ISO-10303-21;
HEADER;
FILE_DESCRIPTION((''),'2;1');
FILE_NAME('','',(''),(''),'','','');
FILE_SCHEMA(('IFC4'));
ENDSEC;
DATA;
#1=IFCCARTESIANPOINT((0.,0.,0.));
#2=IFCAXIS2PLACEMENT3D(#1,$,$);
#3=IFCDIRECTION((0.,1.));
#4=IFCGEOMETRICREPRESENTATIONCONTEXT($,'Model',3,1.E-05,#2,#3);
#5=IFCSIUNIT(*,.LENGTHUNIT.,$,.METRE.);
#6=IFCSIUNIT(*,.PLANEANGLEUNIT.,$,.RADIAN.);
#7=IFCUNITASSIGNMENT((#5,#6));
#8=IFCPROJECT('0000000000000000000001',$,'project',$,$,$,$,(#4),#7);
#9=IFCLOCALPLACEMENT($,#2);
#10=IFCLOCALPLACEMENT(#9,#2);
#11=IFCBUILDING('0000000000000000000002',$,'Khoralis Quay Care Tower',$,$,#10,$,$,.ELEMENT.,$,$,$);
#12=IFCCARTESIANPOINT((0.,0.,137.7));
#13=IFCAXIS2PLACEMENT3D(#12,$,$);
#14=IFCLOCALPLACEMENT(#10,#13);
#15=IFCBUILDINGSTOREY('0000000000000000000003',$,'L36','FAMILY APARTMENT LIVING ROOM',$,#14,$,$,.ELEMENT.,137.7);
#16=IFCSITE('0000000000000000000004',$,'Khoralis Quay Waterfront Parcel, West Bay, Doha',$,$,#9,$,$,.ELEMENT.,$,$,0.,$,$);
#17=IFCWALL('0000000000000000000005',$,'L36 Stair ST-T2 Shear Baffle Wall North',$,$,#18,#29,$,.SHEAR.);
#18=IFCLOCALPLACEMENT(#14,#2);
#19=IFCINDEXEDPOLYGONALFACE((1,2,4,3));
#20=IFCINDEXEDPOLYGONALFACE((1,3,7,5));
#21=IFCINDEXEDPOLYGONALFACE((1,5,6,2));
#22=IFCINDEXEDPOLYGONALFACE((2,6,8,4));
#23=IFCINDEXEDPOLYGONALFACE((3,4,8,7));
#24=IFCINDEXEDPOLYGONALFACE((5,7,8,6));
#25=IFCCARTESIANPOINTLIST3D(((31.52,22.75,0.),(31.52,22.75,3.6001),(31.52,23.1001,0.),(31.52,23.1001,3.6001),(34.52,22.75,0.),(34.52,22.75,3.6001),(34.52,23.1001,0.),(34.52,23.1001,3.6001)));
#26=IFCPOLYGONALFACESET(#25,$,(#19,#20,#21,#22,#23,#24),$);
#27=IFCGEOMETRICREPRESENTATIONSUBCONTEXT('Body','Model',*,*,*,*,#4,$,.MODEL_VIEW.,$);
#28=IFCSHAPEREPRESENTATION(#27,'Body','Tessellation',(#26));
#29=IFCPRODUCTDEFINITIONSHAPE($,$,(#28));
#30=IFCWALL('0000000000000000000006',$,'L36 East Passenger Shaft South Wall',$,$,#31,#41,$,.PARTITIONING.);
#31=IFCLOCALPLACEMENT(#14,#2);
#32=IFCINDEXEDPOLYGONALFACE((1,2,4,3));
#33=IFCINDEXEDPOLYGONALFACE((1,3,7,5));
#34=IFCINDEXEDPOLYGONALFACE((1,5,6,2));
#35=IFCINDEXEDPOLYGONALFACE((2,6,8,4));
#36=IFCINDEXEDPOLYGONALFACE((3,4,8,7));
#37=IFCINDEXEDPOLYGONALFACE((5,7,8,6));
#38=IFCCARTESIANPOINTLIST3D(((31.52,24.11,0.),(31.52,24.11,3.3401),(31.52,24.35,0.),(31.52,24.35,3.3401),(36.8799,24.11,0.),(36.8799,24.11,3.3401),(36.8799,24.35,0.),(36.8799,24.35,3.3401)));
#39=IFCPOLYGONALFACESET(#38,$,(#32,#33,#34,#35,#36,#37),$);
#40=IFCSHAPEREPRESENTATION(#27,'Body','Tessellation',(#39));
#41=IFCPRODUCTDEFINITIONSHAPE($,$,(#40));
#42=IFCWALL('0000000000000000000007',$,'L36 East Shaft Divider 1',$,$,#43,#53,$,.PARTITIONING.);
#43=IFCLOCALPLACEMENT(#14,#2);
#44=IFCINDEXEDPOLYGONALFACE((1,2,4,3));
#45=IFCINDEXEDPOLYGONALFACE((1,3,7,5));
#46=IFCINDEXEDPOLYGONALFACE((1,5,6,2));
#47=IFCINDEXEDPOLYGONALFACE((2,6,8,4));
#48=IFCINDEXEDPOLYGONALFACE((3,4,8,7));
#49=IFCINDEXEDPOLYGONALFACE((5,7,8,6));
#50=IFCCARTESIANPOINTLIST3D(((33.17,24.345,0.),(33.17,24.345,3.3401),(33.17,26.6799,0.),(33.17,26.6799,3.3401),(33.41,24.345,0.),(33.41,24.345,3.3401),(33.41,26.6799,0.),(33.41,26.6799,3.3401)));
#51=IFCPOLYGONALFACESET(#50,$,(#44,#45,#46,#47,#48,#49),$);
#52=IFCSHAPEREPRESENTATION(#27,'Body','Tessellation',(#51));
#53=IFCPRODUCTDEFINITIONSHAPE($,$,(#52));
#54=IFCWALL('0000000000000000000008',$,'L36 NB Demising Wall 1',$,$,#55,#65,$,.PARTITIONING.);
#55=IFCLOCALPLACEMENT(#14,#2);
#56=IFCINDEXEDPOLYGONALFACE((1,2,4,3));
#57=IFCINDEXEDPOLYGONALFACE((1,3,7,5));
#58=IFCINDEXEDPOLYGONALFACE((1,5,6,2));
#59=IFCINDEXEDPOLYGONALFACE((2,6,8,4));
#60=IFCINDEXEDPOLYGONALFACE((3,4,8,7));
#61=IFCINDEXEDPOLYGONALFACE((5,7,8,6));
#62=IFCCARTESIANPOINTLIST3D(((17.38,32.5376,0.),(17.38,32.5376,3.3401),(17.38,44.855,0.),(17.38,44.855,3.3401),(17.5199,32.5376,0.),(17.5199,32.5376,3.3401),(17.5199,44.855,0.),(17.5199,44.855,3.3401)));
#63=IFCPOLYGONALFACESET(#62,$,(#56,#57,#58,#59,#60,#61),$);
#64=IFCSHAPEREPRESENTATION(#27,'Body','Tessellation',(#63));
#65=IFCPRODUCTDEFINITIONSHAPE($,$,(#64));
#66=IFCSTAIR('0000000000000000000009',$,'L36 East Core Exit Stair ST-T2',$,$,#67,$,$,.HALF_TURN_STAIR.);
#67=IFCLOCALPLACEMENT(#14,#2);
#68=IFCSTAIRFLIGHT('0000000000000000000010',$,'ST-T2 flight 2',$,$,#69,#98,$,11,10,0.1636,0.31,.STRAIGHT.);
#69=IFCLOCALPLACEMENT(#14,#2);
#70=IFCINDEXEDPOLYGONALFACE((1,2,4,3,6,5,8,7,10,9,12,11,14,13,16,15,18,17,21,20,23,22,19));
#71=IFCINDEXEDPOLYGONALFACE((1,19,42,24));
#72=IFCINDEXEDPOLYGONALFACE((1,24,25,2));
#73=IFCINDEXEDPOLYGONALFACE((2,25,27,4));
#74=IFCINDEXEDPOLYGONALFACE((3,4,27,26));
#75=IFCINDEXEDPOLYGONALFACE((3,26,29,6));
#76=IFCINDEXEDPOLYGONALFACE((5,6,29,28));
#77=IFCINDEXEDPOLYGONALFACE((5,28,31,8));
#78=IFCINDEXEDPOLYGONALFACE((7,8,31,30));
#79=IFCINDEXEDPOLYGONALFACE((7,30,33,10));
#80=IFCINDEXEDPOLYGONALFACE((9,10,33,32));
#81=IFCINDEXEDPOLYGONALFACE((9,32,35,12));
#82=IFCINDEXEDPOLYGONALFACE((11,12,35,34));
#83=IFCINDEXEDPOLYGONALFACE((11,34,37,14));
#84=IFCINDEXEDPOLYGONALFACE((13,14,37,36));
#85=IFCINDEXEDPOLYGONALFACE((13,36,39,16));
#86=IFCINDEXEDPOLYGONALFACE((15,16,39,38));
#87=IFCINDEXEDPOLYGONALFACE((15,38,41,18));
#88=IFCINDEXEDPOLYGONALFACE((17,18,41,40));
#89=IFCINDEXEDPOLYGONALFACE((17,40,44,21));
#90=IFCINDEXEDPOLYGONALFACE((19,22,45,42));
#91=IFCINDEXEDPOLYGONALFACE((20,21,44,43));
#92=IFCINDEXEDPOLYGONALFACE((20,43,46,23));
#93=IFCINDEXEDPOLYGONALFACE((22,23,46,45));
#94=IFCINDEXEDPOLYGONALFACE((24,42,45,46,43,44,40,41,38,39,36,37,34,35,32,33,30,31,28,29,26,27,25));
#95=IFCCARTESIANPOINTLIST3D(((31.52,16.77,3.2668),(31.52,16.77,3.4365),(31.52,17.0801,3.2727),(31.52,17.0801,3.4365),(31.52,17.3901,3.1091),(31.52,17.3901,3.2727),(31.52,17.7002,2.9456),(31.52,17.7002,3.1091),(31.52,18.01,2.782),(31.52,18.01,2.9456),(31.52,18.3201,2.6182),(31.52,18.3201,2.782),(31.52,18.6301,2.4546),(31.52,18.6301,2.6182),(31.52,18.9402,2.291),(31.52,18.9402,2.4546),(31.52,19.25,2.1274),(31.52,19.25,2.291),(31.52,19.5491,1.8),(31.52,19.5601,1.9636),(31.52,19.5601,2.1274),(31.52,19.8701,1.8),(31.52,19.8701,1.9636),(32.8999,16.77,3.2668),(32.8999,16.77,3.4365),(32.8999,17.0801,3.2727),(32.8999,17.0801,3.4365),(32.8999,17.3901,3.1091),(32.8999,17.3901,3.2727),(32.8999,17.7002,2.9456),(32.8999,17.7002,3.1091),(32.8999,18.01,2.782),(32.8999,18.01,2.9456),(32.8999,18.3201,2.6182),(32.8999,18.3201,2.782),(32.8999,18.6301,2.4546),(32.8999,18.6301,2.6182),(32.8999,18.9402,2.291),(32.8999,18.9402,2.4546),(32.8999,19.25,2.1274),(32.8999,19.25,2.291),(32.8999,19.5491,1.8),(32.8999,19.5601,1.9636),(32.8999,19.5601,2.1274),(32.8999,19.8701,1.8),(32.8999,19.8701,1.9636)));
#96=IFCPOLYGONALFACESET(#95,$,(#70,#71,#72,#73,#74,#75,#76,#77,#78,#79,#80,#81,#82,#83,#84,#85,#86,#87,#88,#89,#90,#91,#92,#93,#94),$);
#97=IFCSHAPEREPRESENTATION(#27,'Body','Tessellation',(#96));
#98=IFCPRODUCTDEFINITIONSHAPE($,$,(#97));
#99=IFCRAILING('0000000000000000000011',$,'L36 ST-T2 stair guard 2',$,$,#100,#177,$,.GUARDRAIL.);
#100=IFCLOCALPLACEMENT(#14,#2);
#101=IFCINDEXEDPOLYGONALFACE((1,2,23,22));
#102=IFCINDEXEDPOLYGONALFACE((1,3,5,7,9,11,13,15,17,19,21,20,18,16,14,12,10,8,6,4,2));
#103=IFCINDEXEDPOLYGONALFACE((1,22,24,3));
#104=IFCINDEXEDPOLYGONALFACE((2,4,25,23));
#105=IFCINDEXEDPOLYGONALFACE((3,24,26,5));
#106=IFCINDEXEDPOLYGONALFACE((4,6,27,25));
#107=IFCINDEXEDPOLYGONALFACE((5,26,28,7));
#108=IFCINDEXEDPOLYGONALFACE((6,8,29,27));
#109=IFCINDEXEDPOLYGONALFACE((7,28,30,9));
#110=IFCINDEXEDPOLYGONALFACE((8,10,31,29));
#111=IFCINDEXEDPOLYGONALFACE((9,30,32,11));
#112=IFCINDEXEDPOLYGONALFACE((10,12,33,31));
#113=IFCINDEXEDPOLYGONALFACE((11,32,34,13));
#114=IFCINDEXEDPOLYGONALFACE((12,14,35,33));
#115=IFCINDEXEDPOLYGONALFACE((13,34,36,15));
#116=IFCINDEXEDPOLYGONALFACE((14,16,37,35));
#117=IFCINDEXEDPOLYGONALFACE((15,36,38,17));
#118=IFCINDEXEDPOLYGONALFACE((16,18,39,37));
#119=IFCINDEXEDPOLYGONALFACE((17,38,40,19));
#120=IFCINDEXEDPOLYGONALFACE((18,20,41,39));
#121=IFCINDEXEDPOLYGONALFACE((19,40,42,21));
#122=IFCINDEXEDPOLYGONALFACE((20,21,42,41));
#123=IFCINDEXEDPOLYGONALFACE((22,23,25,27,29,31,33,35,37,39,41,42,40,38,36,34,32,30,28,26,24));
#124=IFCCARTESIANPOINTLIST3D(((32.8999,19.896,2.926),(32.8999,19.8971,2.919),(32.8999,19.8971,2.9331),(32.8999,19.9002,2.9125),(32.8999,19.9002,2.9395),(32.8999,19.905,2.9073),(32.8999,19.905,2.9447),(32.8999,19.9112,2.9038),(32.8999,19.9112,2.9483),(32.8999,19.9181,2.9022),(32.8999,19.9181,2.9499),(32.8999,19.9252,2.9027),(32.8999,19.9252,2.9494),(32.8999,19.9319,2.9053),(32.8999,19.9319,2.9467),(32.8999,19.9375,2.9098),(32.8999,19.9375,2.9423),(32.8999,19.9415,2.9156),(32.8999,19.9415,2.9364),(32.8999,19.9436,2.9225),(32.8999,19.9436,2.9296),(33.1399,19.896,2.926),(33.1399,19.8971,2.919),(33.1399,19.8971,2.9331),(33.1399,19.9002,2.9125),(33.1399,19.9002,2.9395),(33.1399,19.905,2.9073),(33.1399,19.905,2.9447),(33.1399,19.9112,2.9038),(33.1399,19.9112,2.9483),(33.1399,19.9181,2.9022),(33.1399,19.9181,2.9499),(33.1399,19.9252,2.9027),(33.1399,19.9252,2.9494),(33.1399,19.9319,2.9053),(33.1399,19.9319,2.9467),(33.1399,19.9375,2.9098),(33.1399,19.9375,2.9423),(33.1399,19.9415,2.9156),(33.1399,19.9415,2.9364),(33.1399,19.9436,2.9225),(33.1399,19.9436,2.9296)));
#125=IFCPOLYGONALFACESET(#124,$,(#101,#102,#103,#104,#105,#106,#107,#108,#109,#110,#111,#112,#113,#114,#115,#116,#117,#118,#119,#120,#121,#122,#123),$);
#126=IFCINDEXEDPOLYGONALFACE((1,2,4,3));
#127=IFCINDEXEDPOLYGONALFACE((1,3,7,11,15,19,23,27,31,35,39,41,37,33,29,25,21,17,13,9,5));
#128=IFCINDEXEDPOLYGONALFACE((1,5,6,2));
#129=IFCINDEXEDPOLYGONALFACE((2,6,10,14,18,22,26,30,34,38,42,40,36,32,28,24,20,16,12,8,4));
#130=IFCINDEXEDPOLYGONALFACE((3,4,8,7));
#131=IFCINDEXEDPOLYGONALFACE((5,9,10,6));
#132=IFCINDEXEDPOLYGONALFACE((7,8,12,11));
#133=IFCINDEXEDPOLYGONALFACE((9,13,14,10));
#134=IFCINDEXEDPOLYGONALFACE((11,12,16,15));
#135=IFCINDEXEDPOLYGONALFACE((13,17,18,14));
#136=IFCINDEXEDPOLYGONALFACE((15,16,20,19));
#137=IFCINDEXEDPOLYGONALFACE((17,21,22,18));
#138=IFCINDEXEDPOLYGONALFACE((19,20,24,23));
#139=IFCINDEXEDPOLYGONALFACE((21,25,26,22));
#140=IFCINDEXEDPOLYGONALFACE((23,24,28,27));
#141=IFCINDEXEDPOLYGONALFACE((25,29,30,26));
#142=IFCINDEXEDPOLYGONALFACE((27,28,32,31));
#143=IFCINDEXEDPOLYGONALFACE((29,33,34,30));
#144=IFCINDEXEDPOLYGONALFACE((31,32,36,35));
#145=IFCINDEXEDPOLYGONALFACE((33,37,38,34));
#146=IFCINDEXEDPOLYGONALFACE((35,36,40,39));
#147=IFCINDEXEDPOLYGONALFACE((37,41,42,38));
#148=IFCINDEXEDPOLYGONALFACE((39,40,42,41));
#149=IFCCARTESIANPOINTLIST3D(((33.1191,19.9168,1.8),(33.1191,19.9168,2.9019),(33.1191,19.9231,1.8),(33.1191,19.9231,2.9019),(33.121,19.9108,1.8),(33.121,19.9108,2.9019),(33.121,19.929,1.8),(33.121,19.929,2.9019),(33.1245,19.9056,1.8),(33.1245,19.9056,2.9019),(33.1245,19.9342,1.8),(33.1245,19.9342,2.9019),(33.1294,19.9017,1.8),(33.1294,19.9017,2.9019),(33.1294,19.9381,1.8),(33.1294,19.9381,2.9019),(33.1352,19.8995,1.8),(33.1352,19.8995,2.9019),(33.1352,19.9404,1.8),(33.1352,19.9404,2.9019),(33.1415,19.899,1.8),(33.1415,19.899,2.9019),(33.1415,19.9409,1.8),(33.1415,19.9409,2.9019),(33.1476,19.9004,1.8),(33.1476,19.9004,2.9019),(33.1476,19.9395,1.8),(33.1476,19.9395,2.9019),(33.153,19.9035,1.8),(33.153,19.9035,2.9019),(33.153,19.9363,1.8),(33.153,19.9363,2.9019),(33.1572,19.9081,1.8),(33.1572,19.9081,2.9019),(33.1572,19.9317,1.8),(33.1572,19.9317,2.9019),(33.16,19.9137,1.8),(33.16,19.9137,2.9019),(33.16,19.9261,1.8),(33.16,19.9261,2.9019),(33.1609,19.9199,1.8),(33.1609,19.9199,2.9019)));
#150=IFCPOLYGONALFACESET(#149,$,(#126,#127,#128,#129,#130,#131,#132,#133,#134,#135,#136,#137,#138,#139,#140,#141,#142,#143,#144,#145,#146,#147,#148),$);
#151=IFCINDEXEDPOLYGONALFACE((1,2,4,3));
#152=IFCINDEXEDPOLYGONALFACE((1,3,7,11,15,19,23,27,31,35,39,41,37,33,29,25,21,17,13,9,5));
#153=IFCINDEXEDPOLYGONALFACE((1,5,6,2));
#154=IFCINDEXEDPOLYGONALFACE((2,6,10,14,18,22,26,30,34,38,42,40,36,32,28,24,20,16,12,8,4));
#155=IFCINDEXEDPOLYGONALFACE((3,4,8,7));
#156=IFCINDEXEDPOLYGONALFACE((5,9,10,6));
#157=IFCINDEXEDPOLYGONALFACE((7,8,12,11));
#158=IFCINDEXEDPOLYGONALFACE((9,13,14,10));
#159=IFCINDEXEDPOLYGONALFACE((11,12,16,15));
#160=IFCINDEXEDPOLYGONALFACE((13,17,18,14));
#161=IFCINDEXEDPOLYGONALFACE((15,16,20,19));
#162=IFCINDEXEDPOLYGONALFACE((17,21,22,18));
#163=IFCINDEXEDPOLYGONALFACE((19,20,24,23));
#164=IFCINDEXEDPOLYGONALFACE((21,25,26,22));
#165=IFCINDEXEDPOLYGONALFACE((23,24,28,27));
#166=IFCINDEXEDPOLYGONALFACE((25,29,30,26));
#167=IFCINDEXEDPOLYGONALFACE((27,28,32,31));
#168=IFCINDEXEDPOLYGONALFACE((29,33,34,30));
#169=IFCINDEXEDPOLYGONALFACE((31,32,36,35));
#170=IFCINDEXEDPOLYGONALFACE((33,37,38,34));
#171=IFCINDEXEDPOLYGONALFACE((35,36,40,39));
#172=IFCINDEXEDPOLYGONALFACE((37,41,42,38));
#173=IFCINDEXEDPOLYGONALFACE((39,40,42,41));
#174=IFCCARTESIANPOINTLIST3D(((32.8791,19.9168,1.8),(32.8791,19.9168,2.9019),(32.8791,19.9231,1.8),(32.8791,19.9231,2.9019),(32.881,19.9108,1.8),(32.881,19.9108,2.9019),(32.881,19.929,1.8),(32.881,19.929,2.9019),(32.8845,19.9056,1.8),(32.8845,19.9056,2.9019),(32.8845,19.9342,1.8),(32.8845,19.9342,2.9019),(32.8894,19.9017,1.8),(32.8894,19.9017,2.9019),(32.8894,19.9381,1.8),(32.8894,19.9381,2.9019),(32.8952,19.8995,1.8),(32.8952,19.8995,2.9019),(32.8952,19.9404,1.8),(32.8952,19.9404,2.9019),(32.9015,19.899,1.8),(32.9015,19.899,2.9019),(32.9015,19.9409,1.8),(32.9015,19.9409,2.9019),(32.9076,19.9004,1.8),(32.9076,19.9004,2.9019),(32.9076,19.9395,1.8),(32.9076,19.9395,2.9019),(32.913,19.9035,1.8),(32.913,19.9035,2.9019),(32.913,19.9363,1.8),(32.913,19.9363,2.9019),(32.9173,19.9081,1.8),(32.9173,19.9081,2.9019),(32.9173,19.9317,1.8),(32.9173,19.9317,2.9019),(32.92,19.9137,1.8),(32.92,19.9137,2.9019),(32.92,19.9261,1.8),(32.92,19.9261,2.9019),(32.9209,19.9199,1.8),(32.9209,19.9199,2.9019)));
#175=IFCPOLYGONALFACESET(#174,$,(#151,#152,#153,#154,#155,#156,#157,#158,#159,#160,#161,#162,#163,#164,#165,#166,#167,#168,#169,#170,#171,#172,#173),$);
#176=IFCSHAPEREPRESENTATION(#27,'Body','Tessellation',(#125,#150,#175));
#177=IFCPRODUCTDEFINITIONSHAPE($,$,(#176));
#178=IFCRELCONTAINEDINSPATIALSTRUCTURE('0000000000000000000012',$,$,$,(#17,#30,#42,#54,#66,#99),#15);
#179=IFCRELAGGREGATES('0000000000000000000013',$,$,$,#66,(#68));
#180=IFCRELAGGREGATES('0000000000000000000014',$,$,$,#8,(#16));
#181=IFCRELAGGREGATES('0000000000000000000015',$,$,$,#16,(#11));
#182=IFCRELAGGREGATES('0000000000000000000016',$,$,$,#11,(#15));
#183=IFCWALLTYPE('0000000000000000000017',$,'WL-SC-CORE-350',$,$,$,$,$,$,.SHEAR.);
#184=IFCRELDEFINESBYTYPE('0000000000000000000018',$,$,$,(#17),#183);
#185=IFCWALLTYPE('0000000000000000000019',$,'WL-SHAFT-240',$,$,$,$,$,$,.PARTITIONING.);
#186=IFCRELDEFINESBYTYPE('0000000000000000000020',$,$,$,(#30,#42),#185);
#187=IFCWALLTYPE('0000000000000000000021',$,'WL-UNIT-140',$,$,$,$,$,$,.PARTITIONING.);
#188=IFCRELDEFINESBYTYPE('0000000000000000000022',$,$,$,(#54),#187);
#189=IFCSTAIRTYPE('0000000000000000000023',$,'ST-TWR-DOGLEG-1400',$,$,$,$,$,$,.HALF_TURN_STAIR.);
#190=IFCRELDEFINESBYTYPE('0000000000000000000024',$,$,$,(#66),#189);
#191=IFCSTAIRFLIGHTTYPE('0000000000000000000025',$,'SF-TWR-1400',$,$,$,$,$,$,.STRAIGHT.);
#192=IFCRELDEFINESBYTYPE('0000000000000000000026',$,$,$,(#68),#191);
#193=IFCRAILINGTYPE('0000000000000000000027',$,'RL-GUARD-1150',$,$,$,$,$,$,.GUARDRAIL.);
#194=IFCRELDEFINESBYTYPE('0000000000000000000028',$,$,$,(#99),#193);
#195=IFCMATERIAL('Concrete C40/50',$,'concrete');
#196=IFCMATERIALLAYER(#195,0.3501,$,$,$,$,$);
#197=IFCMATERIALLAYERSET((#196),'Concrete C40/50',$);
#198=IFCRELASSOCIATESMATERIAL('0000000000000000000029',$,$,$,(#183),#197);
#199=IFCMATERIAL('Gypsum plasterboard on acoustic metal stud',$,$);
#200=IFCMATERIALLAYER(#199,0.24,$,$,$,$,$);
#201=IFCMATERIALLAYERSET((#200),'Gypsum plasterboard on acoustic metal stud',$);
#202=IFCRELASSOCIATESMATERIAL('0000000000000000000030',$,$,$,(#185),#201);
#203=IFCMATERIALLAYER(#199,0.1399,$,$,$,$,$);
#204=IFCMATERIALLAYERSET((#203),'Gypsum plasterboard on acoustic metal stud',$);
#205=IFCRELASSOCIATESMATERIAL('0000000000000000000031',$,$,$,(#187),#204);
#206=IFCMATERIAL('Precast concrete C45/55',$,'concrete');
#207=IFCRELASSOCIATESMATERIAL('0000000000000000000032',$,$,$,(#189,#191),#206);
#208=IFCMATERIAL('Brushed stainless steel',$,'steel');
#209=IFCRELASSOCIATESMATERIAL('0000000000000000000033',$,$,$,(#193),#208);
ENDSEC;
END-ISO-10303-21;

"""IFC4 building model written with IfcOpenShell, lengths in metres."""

from ifc_helpers import new_model, si_unit, direction, frame, frame_2d, origin, origin_2d, place, context, subcontext, project, spatial, polyline, rectangle, circle, outline, extrude, source, transform, mapped, material, layer, layer_set, type_object, element, aggregate, save


model = new_model("IFC4")

# Units and contexts
model_context = context("Model", 3, precision=1e-05, world=origin(), true_north=direction((0.0, 1.0)))
body_context = subcontext(model_context, "Body", "Model", "MODEL_VIEW")
ifc_project = project(units=[si_unit("LENGTHUNIT", "METRE"), si_unit("PLANEANGLEUNIT", "RADIAN")], contexts=[model_context])

# Site, building, storey
site_placement = place(None, origin())
site = spatial("IfcSite", under=ifc_project, at=site_placement, Name="Khoralis Quay Waterfront Parcel, West Bay, Doha", CompositionType="ELEMENT", RefElevation=0.0)
building_placement = place(site_placement, origin())
building = spatial("IfcBuilding", under=site, at=building_placement, Name="Khoralis Quay Care Tower", CompositionType="ELEMENT")
storey_placement = place(building_placement, frame((0.0, 0.0, 137.7)))
storey = spatial("IfcBuildingStorey", under=building, at=storey_placement, Name="L36", Description="FAMILY APARTMENT LIVING ROOM", CompositionType="ELEMENT", Elevation=137.7)

# Shared definitions
ifc_material_1 = material(Name="Brushed stainless steel", Category="steel")

# Shared definitions
ifc_material_2 = material(Name="Gypsum plasterboard on acoustic metal stud")

# Walls
ifc_material_3 = material(Name="Concrete C40/50", Category="concrete")
ifc_layer_1 = layer(ifc_material_3, 0.3501)
ifc_layer_set_1 = layer_set([ifc_layer_1], Name="Concrete C40/50")
wall_type_1 = type_object("IfcWallType", Name="WL-SC-CORE-350", PredefinedType="SHEAR", material=ifc_layer_set_1)
wall_1_placement = place(storey_placement, frame((31.52, 22.925, 0.0), z_axis=(0.0, 0.0, 1.0), x_axis=(1.0, 0.0, 0.0)))
element("IfcWall", 1, at=wall_1_placement, inside=storey, type_object=wall_type_1, Name="L36 Stair ST-T2 Shear Baffle Wall North", PredefinedType="SHEAR", context=body_context, shape_type="SweptSolid", body=[
    extrude(rectangle(XDim=3.0, YDim=0.3501, at=frame_2d((1.5, 0.0))), origin(), (0.0, 0.0, 1.0), 3.6001),
])
ifc_layer_2 = layer(ifc_material_2, 0.24)
ifc_layer_set_2 = layer_set([ifc_layer_2], Name="Gypsum plasterboard on acoustic metal stud")
wall_type_2 = type_object("IfcWallType", Name="WL-SHAFT-240", PredefinedType="PARTITIONING", material=ifc_layer_set_2)
wall_2_placement = place(storey_placement, frame((31.52, 24.23, 0.0), z_axis=(0.0, 0.0, 1.0), x_axis=(1.0, 0.0, 0.0)))
element("IfcWall", 2, at=wall_2_placement, inside=storey, type_object=wall_type_2, Name="L36 East Passenger Shaft South Wall", PredefinedType="PARTITIONING", context=body_context, shape_type="SweptSolid", body=[
    extrude(rectangle(XDim=5.3599, YDim=0.24, at=frame_2d((2.6799, 0.0))), origin(), (0.0, 0.0, 1.0), 3.3401),
])
wall_3_placement = place(storey_placement, frame((33.29, 24.345, 0.0), z_axis=(0.0, 0.0, 1.0), x_axis=(0.0, 1.0, 0.0)))
element("IfcWall", 3, at=wall_3_placement, inside=storey, type_object=wall_type_2, Name="L36 East Shaft Divider 1", PredefinedType="PARTITIONING", context=body_context, shape_type="SweptSolid", body=[
    extrude(rectangle(XDim=2.335, YDim=0.24, at=frame_2d((1.1675, 0.0))), origin(), (0.0, 0.0, 1.0), 3.3401),
])
ifc_layer_3 = layer(ifc_material_2, 0.1399)
ifc_layer_set_3 = layer_set([ifc_layer_3], Name="Gypsum plasterboard on acoustic metal stud")
wall_type_3 = type_object("IfcWallType", Name="WL-UNIT-140", PredefinedType="PARTITIONING", material=ifc_layer_set_3)
wall_4_placement = place(storey_placement, frame((17.45, 32.5376, 0.0), z_axis=(0.0, 0.0, 1.0), x_axis=(0.0, 1.0, 0.0)))
element("IfcWall", 4, at=wall_4_placement, inside=storey, type_object=wall_type_3, Name="L36 NB Demising Wall 1", PredefinedType="PARTITIONING", context=body_context, shape_type="SweptSolid", body=[
    extrude(rectangle(XDim=12.3174, YDim=0.1399, at=frame_2d((6.1587, 0.0))), origin(), (0.0, 0.0, 1.0), 3.3401),
])

# Stair, stair flight
ifc_material_4 = material(Name="Precast concrete C45/55", Category="concrete")
stair_type = type_object("IfcStairType", Name="ST-TWR-DOGLEG-1400", PredefinedType="HALF_TURN_STAIR", material=ifc_material_4)
stair_placement = place(storey_placement, origin())
stair = element("IfcStair", 5, at=stair_placement, inside=storey, type_object=stair_type, Name="L36 East Core Exit Stair ST-T2", PredefinedType="HALF_TURN_STAIR")
stair_flight_type = type_object("IfcStairFlightType", Name="SF-TWR-1400", PredefinedType="STRAIGHT", material=ifc_material_4)
shared_shape_1 = source(origin(), body_context, "Body", "SweptSolid", [
    extrude(outline(polyline([(0.0, 0.0), (0.0, 0.1636), (0.3101, 0.1636), (0.3101, 0.3274), (0.6201, 0.3274), (0.6201, 0.491), (0.9299, 0.491), (0.9299, 0.6545), (1.24, 0.6545), (1.24, 0.8181), (1.55, 0.8181), (1.55, 0.9819), (1.8601, 0.9819), (1.8601, 1.1455), (2.1699, 1.1455), (2.1699, 1.3091), (2.48, 1.3091), (2.48, 1.4727), (2.79, 1.4727), (2.79, 1.6365), (3.1001, 1.6365), (3.1001, 1.8), (3.1001, 1.4668), (0.321, 0.0), (0.0, 0.0)])), frame((0.0, 0.6899, 0.0), z_axis=(0.0, -1.0, 0.0), x_axis=(1.0, 0.0, 0.0)), (0.0, 0.0, 1.0), 1.3799),
])
stair_flight_placement = place(storey_placement, frame((32.21, 19.8701, 1.8), z_axis=(0.0, 0.0, 1.0), x_axis=(0.0, -1.0, 0.0)))
stair_flight = element("IfcStairFlight", 6, at=stair_flight_placement, type_object=stair_flight_type, Name="ST-T2 flight 2", NumberOfRisers=11, NumberOfTreads=10, PredefinedType="STRAIGHT", RiserHeight=0.1636, TreadLength=0.31, context=body_context, shape_type="MappedRepresentation", body=[
    mapped(shared_shape_1, transform((0.0, 0.0, 0.0), scale=1.0)),
])
aggregate(stair, [stair_flight])

# Railing
railing_type_1 = type_object("IfcRailingType", Name="RL-GUARD-1150", PredefinedType="GUARDRAIL", material=ifc_material_1)
railing_1_placement = place(storey_placement, frame((33.1399, 19.9199, 1.8)))
element("IfcRailing", 7, at=railing_1_placement, inside=storey, type_object=railing_type_1, Name="L36 ST-T2 stair guard 2", PredefinedType="GUARDRAIL", context=body_context, shape_type="SweptSolid", body=[
    extrude(circle(Radius=0.0239, at=origin_2d()), frame((0.0, 0.0, 1.126), z_axis=(-1.0, 0.0, 0.0), x_axis=(0.0, -1.0, 0.0)), (0.0, 0.0, 1.0), 0.24),
    extrude(circle(Radius=0.021, at=origin_2d()), origin(), (0.0, 0.0, 1.0), 1.1018),
    extrude(circle(Radius=0.021, at=origin_2d()), frame((-0.24, 0.0, 0.0)), (0.0, 0.0, 1.0), 1.1018),
])

save(model, "model.ifc")
